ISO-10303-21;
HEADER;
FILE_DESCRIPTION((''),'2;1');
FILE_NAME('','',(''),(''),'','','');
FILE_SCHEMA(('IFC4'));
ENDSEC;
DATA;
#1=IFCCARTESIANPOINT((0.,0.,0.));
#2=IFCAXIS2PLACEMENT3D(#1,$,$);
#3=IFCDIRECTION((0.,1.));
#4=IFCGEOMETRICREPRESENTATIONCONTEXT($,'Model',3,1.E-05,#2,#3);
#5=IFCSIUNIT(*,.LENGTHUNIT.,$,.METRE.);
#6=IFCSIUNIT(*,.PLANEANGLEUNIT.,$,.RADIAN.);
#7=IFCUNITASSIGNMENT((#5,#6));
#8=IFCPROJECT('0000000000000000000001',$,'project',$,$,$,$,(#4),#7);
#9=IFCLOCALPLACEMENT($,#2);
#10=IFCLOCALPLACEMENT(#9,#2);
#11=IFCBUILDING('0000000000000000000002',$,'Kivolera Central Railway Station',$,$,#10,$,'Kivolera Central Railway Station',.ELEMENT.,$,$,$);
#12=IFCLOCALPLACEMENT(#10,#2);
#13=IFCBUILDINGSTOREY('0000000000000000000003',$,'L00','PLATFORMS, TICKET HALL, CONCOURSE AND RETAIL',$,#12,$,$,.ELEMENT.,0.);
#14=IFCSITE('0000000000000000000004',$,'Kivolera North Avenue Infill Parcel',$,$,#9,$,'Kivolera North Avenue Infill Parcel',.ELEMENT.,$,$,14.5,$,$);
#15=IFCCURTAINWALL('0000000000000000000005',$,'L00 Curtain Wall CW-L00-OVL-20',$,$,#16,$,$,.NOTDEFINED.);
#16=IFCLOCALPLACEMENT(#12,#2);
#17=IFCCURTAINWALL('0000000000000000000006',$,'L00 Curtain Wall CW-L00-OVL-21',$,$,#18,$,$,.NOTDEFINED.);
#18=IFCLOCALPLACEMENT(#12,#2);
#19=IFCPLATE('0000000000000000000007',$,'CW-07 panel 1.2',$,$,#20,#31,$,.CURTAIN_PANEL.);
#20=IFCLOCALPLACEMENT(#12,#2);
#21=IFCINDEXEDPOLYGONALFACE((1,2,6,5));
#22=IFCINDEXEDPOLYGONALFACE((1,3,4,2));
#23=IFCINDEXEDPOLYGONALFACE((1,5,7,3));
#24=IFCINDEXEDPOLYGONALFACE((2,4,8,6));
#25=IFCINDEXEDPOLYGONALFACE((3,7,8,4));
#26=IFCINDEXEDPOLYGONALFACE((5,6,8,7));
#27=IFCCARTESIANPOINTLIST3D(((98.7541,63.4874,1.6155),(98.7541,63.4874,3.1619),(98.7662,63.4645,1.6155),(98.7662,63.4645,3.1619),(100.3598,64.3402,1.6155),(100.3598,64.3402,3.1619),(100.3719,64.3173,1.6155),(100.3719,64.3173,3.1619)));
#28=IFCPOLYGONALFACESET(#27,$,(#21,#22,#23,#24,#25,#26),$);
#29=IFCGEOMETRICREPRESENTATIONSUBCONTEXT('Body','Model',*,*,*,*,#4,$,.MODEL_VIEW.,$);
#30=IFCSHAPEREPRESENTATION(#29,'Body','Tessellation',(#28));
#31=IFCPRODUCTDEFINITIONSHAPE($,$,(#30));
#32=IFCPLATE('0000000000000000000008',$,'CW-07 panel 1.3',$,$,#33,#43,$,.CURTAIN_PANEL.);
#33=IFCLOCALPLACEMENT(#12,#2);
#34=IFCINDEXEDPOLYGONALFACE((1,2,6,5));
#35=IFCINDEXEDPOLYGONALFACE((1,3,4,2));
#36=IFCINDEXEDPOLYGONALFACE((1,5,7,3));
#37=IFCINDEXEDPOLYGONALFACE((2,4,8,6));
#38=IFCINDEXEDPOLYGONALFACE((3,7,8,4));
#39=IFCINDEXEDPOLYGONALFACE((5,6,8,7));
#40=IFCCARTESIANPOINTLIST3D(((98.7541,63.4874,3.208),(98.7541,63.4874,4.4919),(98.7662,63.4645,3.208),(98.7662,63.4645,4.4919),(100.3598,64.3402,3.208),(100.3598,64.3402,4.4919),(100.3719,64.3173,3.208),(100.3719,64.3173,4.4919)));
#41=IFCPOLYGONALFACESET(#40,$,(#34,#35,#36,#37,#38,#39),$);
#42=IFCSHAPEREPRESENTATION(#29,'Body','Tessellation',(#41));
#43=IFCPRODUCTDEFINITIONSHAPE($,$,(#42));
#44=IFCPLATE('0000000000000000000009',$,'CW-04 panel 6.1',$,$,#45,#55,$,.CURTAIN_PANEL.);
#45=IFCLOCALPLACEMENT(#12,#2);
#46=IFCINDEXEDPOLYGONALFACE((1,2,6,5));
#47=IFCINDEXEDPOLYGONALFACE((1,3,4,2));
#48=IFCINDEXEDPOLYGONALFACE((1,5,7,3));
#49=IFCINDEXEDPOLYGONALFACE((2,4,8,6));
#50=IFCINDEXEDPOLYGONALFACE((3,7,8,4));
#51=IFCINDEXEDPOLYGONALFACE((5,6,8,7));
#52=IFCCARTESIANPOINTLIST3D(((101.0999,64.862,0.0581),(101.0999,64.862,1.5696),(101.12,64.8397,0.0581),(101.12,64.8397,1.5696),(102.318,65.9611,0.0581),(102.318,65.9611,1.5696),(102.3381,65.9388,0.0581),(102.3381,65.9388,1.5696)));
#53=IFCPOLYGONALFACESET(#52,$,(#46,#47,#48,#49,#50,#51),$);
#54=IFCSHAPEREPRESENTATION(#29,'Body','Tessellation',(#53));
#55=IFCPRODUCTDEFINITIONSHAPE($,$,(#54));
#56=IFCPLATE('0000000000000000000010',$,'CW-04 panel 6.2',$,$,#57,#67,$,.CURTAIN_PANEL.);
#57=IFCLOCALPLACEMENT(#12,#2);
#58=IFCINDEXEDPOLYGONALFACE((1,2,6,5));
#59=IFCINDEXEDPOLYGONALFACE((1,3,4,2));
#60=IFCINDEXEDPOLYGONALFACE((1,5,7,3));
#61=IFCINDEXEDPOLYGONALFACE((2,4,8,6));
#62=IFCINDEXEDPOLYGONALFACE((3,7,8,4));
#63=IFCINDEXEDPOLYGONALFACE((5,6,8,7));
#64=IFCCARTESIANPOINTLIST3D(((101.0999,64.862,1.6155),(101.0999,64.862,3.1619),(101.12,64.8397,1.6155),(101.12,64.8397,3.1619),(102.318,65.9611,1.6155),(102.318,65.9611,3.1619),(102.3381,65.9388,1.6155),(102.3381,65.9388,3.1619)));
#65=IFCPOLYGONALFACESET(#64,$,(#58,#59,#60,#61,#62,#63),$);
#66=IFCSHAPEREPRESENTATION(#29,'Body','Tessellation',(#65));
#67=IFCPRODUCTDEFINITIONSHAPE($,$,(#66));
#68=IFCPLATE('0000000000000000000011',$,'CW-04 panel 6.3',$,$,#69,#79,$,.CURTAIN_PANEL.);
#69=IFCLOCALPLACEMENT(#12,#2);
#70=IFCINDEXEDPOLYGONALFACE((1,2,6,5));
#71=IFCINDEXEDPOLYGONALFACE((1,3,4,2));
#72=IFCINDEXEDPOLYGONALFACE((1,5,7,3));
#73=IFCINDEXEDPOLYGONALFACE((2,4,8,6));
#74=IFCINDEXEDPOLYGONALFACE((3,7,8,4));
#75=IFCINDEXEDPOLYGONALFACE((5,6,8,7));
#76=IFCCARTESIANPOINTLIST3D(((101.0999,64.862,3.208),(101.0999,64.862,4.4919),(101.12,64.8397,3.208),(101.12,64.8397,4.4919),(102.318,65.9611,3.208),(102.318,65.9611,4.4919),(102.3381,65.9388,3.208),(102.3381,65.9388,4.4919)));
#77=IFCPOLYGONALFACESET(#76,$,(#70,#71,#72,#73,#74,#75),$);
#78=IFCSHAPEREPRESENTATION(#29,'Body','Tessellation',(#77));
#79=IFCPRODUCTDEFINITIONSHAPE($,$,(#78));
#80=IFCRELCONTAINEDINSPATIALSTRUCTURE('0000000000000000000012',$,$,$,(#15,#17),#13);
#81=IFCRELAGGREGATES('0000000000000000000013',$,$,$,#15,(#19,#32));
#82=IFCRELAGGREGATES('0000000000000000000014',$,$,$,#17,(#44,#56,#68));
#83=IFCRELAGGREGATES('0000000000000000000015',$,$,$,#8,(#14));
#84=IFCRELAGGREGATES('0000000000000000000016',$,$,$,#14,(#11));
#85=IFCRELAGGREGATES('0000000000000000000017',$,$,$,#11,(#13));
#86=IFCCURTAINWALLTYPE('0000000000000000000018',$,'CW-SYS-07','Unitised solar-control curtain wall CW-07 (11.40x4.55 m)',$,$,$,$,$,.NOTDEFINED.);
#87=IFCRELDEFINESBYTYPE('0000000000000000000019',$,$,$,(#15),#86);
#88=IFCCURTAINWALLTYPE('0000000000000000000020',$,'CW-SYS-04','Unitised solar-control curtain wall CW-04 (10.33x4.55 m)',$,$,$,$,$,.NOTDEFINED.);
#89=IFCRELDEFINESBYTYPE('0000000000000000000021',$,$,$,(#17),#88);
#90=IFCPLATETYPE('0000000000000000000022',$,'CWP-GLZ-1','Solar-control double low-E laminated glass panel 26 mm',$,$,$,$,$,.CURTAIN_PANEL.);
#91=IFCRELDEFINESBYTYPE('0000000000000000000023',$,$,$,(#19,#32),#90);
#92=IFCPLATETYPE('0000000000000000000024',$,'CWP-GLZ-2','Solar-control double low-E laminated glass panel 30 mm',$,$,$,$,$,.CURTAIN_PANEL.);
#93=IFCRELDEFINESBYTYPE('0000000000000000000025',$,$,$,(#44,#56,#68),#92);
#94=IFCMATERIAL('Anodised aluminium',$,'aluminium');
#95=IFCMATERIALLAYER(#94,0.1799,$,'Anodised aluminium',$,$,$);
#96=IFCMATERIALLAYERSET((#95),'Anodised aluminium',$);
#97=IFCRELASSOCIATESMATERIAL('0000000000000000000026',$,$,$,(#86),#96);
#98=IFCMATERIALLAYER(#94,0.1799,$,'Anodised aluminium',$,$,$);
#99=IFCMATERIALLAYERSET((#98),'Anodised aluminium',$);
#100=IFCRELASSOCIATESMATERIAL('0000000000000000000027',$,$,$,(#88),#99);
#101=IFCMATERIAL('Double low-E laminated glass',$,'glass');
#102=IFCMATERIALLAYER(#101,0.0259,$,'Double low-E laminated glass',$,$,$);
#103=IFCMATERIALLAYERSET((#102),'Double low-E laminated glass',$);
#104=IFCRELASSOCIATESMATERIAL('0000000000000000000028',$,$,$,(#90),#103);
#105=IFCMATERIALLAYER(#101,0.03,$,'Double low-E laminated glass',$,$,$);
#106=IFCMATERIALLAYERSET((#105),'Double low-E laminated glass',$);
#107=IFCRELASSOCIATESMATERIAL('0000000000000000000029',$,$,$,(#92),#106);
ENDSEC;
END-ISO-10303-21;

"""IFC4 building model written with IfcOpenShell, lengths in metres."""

from ifc_helpers import new_model, si_unit, direction, frame, origin, origin_2d, place, context, subcontext, project, spatial, rectangle, extrude, material, layer, layer_set, type_object, element, aggregate, save


model = new_model("IFC4")

# Units and contexts
model_context = context("Model", 3, precision=1e-05, world=origin(), true_north=direction((0.0, 1.0)))
body_context = subcontext(model_context, "Body", "Model", "MODEL_VIEW")
ifc_project = project(units=[si_unit("LENGTHUNIT", "METRE"), si_unit("PLANEANGLEUNIT", "RADIAN")], contexts=[model_context])

# Site, building, storey
site_placement = place(None, origin())
site = spatial("IfcSite", under=ifc_project, at=site_placement, Name="Kivolera North Avenue Infill Parcel", LongName="Kivolera North Avenue Infill Parcel", CompositionType="ELEMENT", RefElevation=14.5)
building_placement = place(site_placement, origin())
building = spatial("IfcBuilding", under=site, at=building_placement, Name="Kivolera Central Railway Station", LongName="Kivolera Central Railway Station", CompositionType="ELEMENT")
storey_placement = place(building_placement, origin())
storey = spatial("IfcBuildingStorey", under=building, at=storey_placement, Name="L00", Description="PLATFORMS, TICKET HALL, CONCOURSE AND RETAIL", CompositionType="ELEMENT", Elevation=0.0)

# Curtain walls
ifc_material_1 = material(Name="Anodised aluminium", Category="aluminium")
ifc_layer_1 = layer(ifc_material_1, 0.1799, Name="Anodised aluminium")
ifc_layer_set_1 = layer_set([ifc_layer_1], Name="Anodised aluminium")
curtain_wall_type_1 = type_object("IfcCurtainWallType", Name="CW-SYS-07", Description="Unitised solar-control curtain wall CW-07 (11.40x4.55 m)", PredefinedType="NOTDEFINED", material=ifc_layer_set_1)
curtain_wall_1_placement = place(storey_placement, origin())
curtain_wall_1 = element("IfcCurtainWall", 1, at=curtain_wall_1_placement, inside=storey, type_object=curtain_wall_type_1, Name="L00 Curtain Wall CW-L00-OVL-20", PredefinedType="NOTDEFINED")
ifc_layer_2 = layer(ifc_material_1, 0.1799, Name="Anodised aluminium")
ifc_layer_set_2 = layer_set([ifc_layer_2], Name="Anodised aluminium")
curtain_wall_type_2 = type_object("IfcCurtainWallType", Name="CW-SYS-04", Description="Unitised solar-control curtain wall CW-04 (10.33x4.55 m)", PredefinedType="NOTDEFINED", material=ifc_layer_set_2)
curtain_wall_2_placement = place(storey_placement, origin())
curtain_wall_2 = element("IfcCurtainWall", 2, at=curtain_wall_2_placement, inside=storey, type_object=curtain_wall_type_2, Name="L00 Curtain Wall CW-L00-OVL-21", PredefinedType="NOTDEFINED")

# Plates
ifc_material_2 = material(Name="Double low-E laminated glass", Category="glass")
ifc_layer_3 = layer(ifc_material_2, 0.0259, Name="Double low-E laminated glass")
ifc_layer_set_3 = layer_set([ifc_layer_3], Name="Double low-E laminated glass")
plate_type_1 = type_object("IfcPlateType", Name="CWP-GLZ-1", Description="Solar-control double low-E laminated glass panel 26 mm", PredefinedType="CURTAIN_PANEL", material=ifc_layer_set_3)
plate_1_placement = place(storey_placement, frame((99.563, 63.9023, 1.6155), z_axis=(0.0, 0.0, 1.0), x_axis=(-0.88317, -0.469053, 0.0)))
plate_1 = element("IfcPlate", 3, at=plate_1_placement, type_object=plate_type_1, Name="CW-07 panel 1.2", PredefinedType="CURTAIN_PANEL", context=body_context, shape_type="SweptSolid", body=[
    extrude(rectangle(XDim=1.8181, YDim=0.0259, at=origin_2d()), origin(), (0.0, 0.0, 1.0), 1.5464),
])
plate_2_placement = place(storey_placement, frame((99.563, 63.9023, 3.208), z_axis=(0.0, 0.0, 1.0), x_axis=(-0.88317, -0.469053, 0.0)))
plate_2 = element("IfcPlate", 4, at=plate_2_placement, type_object=plate_type_1, Name="CW-07 panel 1.3", PredefinedType="CURTAIN_PANEL", context=body_context, shape_type="SweptSolid", body=[
    extrude(rectangle(XDim=1.8181, YDim=0.0259, at=origin_2d()), origin(), (0.0, 0.0, 1.0), 1.2839),
])
aggregate(curtain_wall_1, [plate_1, plate_2])
ifc_layer_4 = layer(ifc_material_2, 0.03, Name="Double low-E laminated glass")
ifc_layer_set_4 = layer_set([ifc_layer_4], Name="Double low-E laminated glass")
plate_type_2 = type_object("IfcPlateType", Name="CWP-GLZ-2", Description="Solar-control double low-E laminated glass panel 30 mm", PredefinedType="CURTAIN_PANEL", material=ifc_layer_set_4)
plate_3_placement = place(storey_placement, frame((101.719, 65.4004, 0.0581), z_axis=(0.0, 0.0, 1.0), x_axis=(-0.742432, -0.669922, 0.0)))
plate_3 = element("IfcPlate", 5, at=plate_3_placement, type_object=plate_type_2, Name="CW-04 panel 6.1", PredefinedType="CURTAIN_PANEL", context=body_context, shape_type="SweptSolid", body=[
    extrude(rectangle(XDim=1.6406, YDim=0.03, at=origin_2d()), origin(), (0.0, 0.0, 1.0), 1.5115),
])
plate_4_placement = place(storey_placement, frame((101.719, 65.4004, 1.6155), z_axis=(0.0, 0.0, 1.0), x_axis=(-0.742432, -0.669922, 0.0)))
plate_4 = element("IfcPlate", 6, at=plate_4_placement, type_object=plate_type_2, Name="CW-04 panel 6.2", PredefinedType="CURTAIN_PANEL", context=body_context, shape_type="SweptSolid", body=[
    extrude(rectangle(XDim=1.6406, YDim=0.03, at=origin_2d()), origin(), (0.0, 0.0, 1.0), 1.5464),
])
plate_5_placement = place(storey_placement, frame((101.719, 65.4004, 3.208), z_axis=(0.0, 0.0, 1.0), x_axis=(-0.742432, -0.669922, 0.0)))
plate_5 = element("IfcPlate", 7, at=plate_5_placement, type_object=plate_type_2, Name="CW-04 panel 6.3", PredefinedType="CURTAIN_PANEL", context=body_context, shape_type="SweptSolid", body=[
    extrude(rectangle(XDim=1.6406, YDim=0.03, at=origin_2d()), origin(), (0.0, 0.0, 1.0), 1.2839),
])
aggregate(curtain_wall_2, [plate_3, plate_4, plate_5])

save(model, "model.ifc")
